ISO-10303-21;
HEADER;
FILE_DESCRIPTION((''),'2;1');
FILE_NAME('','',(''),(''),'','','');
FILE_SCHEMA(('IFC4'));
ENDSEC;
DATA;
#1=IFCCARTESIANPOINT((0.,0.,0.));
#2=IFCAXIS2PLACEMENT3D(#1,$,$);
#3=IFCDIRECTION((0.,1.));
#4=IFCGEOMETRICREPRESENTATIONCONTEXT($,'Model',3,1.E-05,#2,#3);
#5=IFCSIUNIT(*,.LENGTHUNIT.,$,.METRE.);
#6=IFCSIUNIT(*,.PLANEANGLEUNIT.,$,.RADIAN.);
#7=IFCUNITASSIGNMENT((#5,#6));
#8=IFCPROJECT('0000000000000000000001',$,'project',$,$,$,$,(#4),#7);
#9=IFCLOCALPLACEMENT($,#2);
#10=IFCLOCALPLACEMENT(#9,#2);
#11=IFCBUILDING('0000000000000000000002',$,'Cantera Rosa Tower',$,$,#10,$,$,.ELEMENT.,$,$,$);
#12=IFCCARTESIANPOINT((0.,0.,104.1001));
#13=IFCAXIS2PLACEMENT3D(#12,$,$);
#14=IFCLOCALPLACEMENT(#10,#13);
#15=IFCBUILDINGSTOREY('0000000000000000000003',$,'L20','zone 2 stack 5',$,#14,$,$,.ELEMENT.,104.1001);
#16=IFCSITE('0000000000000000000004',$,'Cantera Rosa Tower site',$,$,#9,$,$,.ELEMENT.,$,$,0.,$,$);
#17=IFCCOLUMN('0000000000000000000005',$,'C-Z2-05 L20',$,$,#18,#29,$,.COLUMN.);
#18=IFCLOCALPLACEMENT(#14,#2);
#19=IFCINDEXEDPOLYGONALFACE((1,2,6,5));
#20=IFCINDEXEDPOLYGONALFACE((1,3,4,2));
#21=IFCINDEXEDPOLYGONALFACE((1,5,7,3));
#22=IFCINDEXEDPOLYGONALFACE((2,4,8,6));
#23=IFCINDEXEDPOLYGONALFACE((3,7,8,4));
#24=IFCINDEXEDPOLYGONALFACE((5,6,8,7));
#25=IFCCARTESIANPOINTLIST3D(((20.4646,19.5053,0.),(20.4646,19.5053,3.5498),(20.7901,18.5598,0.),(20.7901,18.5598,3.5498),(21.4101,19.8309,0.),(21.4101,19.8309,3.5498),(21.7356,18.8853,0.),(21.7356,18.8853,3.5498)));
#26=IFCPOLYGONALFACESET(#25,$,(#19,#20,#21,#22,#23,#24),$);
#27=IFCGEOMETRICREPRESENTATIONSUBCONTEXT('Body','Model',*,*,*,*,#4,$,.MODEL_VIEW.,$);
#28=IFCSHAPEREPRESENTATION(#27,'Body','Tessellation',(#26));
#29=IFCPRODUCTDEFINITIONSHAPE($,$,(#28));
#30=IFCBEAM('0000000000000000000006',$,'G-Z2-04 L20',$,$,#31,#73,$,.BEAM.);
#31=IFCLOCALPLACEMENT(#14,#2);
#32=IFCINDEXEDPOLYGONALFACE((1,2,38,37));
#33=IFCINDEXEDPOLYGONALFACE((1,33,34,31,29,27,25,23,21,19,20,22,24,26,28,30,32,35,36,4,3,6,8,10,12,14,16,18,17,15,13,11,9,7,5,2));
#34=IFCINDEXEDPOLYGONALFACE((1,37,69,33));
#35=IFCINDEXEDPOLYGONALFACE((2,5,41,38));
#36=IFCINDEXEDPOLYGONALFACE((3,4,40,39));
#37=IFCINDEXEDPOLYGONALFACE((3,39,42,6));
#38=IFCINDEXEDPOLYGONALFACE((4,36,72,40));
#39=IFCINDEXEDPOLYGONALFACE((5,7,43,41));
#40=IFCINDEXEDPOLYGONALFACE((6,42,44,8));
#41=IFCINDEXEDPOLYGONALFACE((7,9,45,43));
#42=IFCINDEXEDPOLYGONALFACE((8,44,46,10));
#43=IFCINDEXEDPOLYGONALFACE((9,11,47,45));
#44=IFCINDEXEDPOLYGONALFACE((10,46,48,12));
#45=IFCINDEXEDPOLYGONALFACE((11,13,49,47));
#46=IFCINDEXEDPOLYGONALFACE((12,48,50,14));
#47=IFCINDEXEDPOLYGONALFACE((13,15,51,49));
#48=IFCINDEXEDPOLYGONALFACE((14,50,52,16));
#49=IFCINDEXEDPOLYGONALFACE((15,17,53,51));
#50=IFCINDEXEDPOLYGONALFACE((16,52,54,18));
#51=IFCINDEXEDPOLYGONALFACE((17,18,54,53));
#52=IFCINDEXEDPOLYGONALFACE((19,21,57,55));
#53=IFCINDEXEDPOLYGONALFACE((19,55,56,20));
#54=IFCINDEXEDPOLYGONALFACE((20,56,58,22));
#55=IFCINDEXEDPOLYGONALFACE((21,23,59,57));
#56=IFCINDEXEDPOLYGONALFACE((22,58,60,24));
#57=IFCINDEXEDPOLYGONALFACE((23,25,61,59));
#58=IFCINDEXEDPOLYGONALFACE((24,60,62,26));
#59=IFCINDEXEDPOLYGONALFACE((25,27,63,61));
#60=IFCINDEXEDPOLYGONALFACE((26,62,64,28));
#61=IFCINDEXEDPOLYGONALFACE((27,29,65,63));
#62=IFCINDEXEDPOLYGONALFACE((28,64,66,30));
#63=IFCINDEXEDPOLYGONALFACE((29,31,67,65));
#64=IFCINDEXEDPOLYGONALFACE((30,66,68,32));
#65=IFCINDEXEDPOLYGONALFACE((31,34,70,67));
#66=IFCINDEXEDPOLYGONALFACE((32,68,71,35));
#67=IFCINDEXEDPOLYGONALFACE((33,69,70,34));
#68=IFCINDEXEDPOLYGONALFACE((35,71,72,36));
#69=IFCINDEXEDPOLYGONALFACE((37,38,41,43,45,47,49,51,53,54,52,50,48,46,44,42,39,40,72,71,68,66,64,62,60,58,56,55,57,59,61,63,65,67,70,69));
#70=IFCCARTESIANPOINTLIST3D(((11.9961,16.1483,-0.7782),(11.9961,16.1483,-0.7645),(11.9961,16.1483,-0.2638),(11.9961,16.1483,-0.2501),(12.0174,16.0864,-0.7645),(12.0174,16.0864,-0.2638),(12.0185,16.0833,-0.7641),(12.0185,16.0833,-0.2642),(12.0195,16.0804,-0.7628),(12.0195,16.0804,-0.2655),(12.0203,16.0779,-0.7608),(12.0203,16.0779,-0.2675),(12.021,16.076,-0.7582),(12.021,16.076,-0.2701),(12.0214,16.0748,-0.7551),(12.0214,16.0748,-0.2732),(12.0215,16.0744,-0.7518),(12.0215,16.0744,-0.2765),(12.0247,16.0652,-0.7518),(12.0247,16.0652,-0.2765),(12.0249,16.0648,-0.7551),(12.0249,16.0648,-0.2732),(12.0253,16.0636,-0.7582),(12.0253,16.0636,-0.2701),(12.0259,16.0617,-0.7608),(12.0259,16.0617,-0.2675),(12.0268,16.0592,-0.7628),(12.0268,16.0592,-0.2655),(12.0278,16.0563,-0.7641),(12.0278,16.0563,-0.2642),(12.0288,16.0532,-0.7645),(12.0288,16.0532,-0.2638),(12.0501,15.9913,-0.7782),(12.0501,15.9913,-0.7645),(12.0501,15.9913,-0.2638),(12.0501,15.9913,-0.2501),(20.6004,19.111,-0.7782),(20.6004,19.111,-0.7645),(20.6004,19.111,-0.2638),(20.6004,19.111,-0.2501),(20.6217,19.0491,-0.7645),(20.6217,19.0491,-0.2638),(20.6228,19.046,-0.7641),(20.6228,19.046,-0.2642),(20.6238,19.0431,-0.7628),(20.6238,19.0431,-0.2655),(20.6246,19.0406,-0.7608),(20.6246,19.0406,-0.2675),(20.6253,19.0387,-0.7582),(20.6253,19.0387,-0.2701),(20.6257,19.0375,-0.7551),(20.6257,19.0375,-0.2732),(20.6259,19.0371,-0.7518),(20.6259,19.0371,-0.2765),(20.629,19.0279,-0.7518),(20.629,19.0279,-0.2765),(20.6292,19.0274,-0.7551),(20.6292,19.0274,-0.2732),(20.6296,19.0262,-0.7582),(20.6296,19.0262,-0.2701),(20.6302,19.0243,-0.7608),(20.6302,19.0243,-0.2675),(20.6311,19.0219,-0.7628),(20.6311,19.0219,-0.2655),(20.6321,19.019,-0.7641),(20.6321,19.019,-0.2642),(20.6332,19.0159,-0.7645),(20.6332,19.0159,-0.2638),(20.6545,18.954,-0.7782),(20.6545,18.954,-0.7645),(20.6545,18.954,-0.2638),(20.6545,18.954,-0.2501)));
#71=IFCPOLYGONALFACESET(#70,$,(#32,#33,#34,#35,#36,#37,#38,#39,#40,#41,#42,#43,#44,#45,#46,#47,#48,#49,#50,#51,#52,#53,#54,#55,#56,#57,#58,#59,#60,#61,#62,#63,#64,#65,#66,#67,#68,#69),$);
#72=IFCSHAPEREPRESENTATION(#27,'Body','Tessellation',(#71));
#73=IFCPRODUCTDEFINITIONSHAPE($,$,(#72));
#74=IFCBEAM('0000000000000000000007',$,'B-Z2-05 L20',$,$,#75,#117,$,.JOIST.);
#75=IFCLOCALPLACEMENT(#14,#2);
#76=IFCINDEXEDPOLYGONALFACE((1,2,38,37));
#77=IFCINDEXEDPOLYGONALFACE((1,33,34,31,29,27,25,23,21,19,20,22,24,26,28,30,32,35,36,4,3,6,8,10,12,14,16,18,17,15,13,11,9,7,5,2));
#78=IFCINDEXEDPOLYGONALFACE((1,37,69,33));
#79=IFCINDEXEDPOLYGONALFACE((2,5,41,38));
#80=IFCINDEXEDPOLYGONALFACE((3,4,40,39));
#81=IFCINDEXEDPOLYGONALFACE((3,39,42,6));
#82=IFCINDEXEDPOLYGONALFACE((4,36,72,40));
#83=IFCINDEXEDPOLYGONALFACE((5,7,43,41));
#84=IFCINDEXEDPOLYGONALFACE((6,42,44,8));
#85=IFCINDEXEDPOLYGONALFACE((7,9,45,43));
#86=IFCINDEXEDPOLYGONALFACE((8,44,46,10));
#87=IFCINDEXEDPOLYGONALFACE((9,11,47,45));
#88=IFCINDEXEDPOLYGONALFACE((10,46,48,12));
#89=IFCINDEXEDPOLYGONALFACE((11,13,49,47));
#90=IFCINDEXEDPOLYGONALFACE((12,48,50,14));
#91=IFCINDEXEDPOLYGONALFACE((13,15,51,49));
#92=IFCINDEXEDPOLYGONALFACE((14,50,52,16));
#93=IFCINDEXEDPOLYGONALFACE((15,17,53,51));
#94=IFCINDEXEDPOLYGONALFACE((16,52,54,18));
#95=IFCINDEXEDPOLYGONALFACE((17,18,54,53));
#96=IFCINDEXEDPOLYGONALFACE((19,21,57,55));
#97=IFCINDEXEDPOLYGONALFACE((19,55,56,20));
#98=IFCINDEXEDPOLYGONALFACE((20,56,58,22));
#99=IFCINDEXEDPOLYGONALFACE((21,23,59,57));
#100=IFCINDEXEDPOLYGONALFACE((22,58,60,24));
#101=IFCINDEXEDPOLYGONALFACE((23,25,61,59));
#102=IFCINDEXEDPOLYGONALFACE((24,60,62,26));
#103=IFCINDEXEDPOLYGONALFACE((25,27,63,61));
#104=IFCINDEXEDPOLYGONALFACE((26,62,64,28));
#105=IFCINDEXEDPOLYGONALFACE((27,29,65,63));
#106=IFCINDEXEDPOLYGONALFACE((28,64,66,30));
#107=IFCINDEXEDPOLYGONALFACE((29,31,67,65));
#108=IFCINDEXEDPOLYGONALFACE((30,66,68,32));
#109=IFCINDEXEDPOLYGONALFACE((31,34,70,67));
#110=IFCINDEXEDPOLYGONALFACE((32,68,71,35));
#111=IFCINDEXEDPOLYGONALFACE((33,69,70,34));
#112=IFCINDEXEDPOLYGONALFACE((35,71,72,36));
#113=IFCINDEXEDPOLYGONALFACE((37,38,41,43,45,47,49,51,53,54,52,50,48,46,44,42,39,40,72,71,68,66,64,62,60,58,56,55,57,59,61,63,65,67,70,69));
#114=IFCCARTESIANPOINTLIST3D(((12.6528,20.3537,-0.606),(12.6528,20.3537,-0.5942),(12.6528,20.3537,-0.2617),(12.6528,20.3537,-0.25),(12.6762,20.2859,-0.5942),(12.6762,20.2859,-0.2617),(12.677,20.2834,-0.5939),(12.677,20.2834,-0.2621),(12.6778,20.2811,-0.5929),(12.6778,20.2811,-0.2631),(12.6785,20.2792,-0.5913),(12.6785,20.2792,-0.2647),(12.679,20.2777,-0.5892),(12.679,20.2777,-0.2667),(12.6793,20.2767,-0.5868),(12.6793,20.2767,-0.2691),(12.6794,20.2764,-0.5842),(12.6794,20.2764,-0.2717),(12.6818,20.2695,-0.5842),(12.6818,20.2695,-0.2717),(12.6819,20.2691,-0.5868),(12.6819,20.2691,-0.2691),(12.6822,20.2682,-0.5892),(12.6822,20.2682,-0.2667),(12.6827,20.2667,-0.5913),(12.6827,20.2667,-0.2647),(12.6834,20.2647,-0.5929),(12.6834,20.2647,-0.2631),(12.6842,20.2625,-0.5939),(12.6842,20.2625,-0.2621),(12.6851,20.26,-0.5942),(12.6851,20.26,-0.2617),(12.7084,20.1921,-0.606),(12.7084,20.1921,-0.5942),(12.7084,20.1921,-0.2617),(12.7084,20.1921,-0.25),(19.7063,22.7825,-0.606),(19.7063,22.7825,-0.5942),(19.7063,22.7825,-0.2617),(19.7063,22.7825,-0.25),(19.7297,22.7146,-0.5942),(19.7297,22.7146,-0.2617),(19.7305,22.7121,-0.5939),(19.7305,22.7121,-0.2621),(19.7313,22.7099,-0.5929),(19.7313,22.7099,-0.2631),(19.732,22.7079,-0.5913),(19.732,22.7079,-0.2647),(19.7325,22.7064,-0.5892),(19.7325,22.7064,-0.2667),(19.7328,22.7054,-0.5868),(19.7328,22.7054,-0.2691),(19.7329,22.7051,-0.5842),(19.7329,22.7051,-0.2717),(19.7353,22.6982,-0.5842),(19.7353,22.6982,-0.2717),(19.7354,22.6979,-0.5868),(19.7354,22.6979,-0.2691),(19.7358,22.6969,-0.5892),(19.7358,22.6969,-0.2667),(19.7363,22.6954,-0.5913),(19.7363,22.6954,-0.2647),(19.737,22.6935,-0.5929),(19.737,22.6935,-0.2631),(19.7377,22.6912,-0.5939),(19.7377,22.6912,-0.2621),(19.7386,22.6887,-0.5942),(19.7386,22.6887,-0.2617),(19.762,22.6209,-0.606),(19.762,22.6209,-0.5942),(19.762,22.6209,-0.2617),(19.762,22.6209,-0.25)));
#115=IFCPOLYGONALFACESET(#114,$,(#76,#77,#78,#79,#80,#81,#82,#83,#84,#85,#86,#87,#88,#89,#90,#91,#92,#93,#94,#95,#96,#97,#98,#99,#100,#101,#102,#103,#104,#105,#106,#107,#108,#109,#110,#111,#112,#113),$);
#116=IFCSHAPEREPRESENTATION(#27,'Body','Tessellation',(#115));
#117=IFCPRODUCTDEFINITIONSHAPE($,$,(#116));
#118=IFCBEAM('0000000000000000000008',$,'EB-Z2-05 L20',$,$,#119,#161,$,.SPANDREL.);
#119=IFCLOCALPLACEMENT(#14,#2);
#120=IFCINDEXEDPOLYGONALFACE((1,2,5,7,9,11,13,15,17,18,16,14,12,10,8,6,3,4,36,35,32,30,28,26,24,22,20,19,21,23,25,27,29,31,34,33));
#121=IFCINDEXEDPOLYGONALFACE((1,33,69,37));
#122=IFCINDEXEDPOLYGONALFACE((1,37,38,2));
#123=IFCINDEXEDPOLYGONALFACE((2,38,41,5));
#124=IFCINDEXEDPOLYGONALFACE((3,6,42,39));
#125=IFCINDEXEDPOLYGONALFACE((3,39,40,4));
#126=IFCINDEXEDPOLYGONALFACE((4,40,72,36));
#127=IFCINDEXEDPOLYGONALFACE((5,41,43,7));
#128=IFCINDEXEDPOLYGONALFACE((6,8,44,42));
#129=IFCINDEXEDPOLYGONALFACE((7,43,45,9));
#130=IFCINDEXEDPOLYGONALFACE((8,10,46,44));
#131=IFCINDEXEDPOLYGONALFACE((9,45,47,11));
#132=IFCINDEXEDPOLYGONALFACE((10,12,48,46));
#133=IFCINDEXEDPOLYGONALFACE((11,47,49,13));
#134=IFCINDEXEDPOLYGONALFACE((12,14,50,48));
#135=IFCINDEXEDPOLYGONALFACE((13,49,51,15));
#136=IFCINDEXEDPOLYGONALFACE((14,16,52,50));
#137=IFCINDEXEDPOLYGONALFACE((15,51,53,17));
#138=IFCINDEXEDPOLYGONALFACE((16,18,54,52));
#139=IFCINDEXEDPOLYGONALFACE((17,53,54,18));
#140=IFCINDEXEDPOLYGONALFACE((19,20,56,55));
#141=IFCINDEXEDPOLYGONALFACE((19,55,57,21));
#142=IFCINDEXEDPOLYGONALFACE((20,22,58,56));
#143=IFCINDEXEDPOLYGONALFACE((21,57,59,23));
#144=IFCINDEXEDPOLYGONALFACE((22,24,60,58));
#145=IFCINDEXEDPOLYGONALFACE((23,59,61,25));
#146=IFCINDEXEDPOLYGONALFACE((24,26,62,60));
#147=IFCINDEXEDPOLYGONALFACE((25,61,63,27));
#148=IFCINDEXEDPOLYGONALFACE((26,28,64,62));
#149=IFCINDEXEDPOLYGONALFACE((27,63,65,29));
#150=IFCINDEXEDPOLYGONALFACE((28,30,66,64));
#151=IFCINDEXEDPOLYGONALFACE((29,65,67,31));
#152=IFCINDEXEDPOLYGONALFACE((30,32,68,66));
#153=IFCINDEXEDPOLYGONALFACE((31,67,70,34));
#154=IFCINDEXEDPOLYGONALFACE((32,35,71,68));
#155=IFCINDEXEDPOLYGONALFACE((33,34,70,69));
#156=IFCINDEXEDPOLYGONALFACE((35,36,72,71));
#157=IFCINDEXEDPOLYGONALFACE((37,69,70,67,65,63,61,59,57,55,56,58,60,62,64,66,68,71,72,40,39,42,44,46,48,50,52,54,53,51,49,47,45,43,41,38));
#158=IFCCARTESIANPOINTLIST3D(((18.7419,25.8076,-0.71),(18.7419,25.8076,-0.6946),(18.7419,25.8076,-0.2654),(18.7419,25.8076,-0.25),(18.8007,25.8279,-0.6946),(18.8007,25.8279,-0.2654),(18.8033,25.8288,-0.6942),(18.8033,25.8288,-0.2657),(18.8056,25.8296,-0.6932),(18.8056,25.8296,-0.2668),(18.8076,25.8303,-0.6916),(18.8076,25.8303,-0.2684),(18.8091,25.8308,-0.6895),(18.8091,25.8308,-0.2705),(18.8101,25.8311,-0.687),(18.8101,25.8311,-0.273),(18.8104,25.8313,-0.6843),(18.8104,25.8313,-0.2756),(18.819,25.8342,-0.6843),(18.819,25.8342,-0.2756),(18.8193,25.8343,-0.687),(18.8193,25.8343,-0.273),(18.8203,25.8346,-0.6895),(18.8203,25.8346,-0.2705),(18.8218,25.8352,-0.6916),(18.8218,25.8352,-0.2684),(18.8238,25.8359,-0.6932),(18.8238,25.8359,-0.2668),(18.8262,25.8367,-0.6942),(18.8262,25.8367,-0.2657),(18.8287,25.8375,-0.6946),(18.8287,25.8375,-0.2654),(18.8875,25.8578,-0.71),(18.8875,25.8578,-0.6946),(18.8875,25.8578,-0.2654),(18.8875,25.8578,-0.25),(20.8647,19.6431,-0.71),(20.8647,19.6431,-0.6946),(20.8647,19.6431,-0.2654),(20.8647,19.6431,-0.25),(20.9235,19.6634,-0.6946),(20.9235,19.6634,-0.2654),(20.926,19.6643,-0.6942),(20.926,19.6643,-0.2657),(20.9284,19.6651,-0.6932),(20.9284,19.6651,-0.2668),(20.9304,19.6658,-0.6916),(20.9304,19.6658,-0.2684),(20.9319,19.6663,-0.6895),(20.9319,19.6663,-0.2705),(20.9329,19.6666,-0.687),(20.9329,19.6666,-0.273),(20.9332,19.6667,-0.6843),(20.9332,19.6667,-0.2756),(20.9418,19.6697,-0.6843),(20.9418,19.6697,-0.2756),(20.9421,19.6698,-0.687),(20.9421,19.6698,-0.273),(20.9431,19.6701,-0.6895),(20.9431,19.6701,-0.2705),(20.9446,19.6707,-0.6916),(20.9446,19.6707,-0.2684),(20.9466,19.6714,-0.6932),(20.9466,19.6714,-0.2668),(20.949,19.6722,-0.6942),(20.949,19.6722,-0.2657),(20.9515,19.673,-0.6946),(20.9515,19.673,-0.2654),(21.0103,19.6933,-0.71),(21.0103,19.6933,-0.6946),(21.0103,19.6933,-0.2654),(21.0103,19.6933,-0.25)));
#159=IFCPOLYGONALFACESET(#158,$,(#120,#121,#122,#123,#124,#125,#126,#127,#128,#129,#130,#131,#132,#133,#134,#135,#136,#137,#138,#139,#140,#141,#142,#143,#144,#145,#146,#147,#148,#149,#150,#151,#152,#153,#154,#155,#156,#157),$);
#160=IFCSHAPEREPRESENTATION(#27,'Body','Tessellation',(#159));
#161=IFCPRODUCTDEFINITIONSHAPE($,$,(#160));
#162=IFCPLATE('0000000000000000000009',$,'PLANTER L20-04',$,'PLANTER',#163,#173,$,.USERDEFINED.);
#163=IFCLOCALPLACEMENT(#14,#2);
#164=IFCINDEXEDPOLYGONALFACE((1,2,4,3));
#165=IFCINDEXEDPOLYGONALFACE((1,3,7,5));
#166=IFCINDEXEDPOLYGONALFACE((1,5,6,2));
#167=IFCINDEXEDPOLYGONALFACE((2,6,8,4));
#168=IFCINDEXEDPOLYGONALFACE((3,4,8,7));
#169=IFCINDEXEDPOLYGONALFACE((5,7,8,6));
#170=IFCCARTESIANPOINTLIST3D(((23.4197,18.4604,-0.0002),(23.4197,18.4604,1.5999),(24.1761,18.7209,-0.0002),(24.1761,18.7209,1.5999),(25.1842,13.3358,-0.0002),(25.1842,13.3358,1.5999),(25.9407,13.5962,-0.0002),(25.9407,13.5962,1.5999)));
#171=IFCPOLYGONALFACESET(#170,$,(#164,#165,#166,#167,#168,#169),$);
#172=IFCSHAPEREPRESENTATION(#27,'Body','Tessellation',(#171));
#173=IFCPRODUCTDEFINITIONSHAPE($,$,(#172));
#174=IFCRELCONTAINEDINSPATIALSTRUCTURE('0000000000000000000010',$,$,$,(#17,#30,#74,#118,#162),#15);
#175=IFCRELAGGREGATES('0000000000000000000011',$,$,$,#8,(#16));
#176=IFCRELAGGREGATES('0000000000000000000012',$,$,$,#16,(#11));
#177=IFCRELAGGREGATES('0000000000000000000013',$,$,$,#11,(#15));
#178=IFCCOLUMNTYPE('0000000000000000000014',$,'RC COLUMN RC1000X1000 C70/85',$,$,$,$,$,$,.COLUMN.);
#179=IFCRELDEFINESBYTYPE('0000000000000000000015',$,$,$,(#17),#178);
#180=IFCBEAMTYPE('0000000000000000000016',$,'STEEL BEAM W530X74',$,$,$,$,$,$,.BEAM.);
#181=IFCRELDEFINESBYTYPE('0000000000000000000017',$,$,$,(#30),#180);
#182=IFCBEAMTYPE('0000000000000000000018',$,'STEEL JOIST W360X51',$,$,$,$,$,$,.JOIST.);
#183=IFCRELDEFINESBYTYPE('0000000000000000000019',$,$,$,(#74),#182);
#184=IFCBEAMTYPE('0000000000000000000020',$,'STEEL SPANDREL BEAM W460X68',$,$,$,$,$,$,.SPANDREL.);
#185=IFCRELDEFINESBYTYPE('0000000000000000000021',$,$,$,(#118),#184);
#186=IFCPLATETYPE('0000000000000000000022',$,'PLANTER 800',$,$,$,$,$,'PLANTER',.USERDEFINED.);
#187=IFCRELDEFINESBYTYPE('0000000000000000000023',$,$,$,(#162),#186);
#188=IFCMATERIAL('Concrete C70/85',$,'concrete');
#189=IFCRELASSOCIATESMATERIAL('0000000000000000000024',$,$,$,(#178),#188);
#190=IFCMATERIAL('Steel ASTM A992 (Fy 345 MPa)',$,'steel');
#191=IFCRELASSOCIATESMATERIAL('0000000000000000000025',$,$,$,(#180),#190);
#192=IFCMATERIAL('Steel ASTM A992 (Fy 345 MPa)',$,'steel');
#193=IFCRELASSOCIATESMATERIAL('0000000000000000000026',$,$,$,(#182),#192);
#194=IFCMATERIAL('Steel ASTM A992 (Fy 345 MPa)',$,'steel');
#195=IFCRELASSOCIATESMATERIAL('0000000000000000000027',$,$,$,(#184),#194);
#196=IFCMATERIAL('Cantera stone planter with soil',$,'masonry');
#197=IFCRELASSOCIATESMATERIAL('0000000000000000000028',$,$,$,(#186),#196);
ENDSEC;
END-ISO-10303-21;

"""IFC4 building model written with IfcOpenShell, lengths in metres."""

from ifc_helpers import new_model, si_unit, direction, frame, origin, origin_2d, place, context, subcontext, project, spatial, rectangle, i_section, extrude, material, material_profile, profile_set, type_object, element, save


model = new_model("IFC4")

# Units and contexts
model_context = context("Model", 3, precision=1e-05, world=origin(), true_north=direction((0.0, 1.0)))
body_context = subcontext(model_context, "Body", "Model", "MODEL_VIEW")
ifc_project = project(units=[si_unit("LENGTHUNIT", "METRE"), si_unit("PLANEANGLEUNIT", "RADIAN")], contexts=[model_context])

# Site, building, storey
site_placement = place(None, origin())
site = spatial("IfcSite", under=ifc_project, at=site_placement, Name="Cantera Rosa Tower site", CompositionType="ELEMENT", RefElevation=0.0)
building_placement = place(site_placement, origin())
building = spatial("IfcBuilding", under=site, at=building_placement, Name="Cantera Rosa Tower", CompositionType="ELEMENT")
storey_placement = place(building_placement, frame((0.0, 0.0, 104.1001)))
storey = spatial("IfcBuildingStorey", under=building, at=storey_placement, Name="L20", Description="zone 2 stack 5", CompositionType="ELEMENT", Elevation=104.1001)

# Column
ifc_material_1 = material(Name="Concrete C70/85", Category="concrete")
ifc_material_profile_1 = material_profile(ifc_material_1, rectangle(XDim=1.0, YDim=1.0, at=origin_2d()), Name="RC COLUMN RC1000X1000 C70/85")
ifc_profile_set_1 = profile_set([ifc_material_profile_1], Name="Concrete C70/85")
column_type = type_object("IfcColumnType", Name="RC COLUMN RC1000X1000 C70/85", PredefinedType="COLUMN", material=ifc_profile_set_1)
column_placement = place(storey_placement, frame((21.1001, 19.1953, 0.0), z_axis=(0.0, 0.0, 1.0), x_axis=(0.945519, 0.325568, 0.0)))
element("IfcColumn", 1, at=column_placement, inside=storey, type_object=column_type, Name="C-Z2-05 L20", PredefinedType="COLUMN", context=body_context, shape_type="SweptSolid", body=[
    extrude(rectangle(XDim=1.0, YDim=1.0, at=origin_2d()), origin(), (0.0, 0.0, 1.0), 3.5498),
])

# Beams
ifc_material_2 = material(Name="Steel ASTM A992 (Fy 345 MPa)", Category="steel")
ifc_material_profile_2 = material_profile(ifc_material_2, i_section(OverallWidth=0.166, OverallDepth=0.5281, WebThickness=0.0098, FlangeThickness=0.0137, FilletRadius=0.0127, at=origin_2d()), Name="W530X74")
ifc_profile_set_2 = profile_set([ifc_material_profile_2], Name="Steel ASTM A992 (Fy 345 MPa)")
beam_type_1 = type_object("IfcBeamType", Name="STEEL BEAM W530X74", PredefinedType="BEAM", material=ifc_profile_set_2)
beam_1_placement = place(storey_placement, frame((20.6274, 19.0325, -0.5142), z_axis=(-0.94552, -0.325565, 0.0), x_axis=(0.325565, -0.94552, 0.0)))
element("IfcBeam", 2, at=beam_1_placement, inside=storey, type_object=beam_type_1, Name="G-Z2-04 L20", PredefinedType="BEAM", context=body_context, shape_type="SweptSolid", body=[
    extrude(i_section(OverallWidth=0.166, OverallDepth=0.5281, WebThickness=0.0098, FlangeThickness=0.0137, FilletRadius=0.0127, at=origin_2d()), origin(), (0.0, 0.0, 1.0), 9.1001),
])
ifc_material_3 = material(Name="Steel ASTM A992 (Fy 345 MPa)", Category="steel")
ifc_material_profile_3 = material_profile(ifc_material_3, i_section(OverallWidth=0.1709, OverallDepth=0.356, WebThickness=0.0073, FlangeThickness=0.0117, FilletRadius=0.01, at=origin_2d()), Name="W360X51")
ifc_profile_set_3 = profile_set([ifc_material_profile_3], Name="Steel ASTM A992 (Fy 345 MPa)")
beam_type_2 = type_object("IfcBeamType", Name="STEEL JOIST W360X51", PredefinedType="JOIST", material=ifc_profile_set_3)
beam_2_placement = place(storey_placement, frame((19.7341, 22.7017, -0.428), z_axis=(-0.945518, -0.325569, 0.0), x_axis=(0.325569, -0.945518, 0.0)))
element("IfcBeam", 3, at=beam_2_placement, inside=storey, type_object=beam_type_2, Name="B-Z2-05 L20", PredefinedType="JOIST", context=body_context, shape_type="SweptSolid", body=[
    extrude(i_section(OverallWidth=0.1709, OverallDepth=0.356, WebThickness=0.0073, FlangeThickness=0.0117, FilletRadius=0.01, at=origin_2d()), origin(), (0.0, 0.0, 1.0), 7.46),
])
ifc_material_4 = material(Name="Steel ASTM A992 (Fy 345 MPa)", Category="steel")
ifc_material_profile_4 = material_profile(ifc_material_4, i_section(OverallWidth=0.1541, OverallDepth=0.46, WebThickness=0.009, FlangeThickness=0.0154, FilletRadius=0.0103, at=origin_2d()), Name="W460X68")
ifc_profile_set_4 = profile_set([ifc_material_profile_4], Name="Steel ASTM A992 (Fy 345 MPa)")
beam_type_3 = type_object("IfcBeamType", Name="STEEL SPANDREL BEAM W460X68", PredefinedType="SPANDREL", material=ifc_profile_set_4)
beam_3_placement = place(storey_placement, frame((20.9375, 19.6682, -0.48), z_axis=(-0.325593, 0.94551, 0.0), x_axis=(-0.94551, -0.325593, 0.0)))
element("IfcBeam", 4, at=beam_3_placement, inside=storey, type_object=beam_type_3, Name="EB-Z2-05 L20", PredefinedType="SPANDREL", context=body_context, shape_type="SweptSolid", body=[
    extrude(i_section(OverallWidth=0.1541, OverallDepth=0.46, WebThickness=0.009, FlangeThickness=0.0154, FilletRadius=0.0103, at=origin_2d()), origin(), (0.0, 0.0, 1.0), 6.5198),
])

# Plate
ifc_material_5 = material(Name="Cantera stone planter with soil", Category="masonry")
plate_type = type_object("IfcPlateType", Name="PLANTER 800", ElementType="PLANTER", PredefinedType="USERDEFINED", material=ifc_material_5)
plate_placement = place(storey_placement, frame((24.6802, 16.0283, -0.0002), z_axis=(0.0, 0.0, 1.0), x_axis=(-0.325568, 0.945519, 0.0)))
element("IfcPlate", 5, at=plate_placement, inside=storey, type_object=plate_type, Name="PLANTER L20-04", ObjectType="PLANTER", PredefinedType="USERDEFINED", context=body_context, shape_type="SweptSolid", body=[
    extrude(rectangle(XDim=5.4199, YDim=0.8, at=origin_2d()), origin(), (0.0, 0.0, 1.0), 1.6001),
])

save(model, "model.ifc")
